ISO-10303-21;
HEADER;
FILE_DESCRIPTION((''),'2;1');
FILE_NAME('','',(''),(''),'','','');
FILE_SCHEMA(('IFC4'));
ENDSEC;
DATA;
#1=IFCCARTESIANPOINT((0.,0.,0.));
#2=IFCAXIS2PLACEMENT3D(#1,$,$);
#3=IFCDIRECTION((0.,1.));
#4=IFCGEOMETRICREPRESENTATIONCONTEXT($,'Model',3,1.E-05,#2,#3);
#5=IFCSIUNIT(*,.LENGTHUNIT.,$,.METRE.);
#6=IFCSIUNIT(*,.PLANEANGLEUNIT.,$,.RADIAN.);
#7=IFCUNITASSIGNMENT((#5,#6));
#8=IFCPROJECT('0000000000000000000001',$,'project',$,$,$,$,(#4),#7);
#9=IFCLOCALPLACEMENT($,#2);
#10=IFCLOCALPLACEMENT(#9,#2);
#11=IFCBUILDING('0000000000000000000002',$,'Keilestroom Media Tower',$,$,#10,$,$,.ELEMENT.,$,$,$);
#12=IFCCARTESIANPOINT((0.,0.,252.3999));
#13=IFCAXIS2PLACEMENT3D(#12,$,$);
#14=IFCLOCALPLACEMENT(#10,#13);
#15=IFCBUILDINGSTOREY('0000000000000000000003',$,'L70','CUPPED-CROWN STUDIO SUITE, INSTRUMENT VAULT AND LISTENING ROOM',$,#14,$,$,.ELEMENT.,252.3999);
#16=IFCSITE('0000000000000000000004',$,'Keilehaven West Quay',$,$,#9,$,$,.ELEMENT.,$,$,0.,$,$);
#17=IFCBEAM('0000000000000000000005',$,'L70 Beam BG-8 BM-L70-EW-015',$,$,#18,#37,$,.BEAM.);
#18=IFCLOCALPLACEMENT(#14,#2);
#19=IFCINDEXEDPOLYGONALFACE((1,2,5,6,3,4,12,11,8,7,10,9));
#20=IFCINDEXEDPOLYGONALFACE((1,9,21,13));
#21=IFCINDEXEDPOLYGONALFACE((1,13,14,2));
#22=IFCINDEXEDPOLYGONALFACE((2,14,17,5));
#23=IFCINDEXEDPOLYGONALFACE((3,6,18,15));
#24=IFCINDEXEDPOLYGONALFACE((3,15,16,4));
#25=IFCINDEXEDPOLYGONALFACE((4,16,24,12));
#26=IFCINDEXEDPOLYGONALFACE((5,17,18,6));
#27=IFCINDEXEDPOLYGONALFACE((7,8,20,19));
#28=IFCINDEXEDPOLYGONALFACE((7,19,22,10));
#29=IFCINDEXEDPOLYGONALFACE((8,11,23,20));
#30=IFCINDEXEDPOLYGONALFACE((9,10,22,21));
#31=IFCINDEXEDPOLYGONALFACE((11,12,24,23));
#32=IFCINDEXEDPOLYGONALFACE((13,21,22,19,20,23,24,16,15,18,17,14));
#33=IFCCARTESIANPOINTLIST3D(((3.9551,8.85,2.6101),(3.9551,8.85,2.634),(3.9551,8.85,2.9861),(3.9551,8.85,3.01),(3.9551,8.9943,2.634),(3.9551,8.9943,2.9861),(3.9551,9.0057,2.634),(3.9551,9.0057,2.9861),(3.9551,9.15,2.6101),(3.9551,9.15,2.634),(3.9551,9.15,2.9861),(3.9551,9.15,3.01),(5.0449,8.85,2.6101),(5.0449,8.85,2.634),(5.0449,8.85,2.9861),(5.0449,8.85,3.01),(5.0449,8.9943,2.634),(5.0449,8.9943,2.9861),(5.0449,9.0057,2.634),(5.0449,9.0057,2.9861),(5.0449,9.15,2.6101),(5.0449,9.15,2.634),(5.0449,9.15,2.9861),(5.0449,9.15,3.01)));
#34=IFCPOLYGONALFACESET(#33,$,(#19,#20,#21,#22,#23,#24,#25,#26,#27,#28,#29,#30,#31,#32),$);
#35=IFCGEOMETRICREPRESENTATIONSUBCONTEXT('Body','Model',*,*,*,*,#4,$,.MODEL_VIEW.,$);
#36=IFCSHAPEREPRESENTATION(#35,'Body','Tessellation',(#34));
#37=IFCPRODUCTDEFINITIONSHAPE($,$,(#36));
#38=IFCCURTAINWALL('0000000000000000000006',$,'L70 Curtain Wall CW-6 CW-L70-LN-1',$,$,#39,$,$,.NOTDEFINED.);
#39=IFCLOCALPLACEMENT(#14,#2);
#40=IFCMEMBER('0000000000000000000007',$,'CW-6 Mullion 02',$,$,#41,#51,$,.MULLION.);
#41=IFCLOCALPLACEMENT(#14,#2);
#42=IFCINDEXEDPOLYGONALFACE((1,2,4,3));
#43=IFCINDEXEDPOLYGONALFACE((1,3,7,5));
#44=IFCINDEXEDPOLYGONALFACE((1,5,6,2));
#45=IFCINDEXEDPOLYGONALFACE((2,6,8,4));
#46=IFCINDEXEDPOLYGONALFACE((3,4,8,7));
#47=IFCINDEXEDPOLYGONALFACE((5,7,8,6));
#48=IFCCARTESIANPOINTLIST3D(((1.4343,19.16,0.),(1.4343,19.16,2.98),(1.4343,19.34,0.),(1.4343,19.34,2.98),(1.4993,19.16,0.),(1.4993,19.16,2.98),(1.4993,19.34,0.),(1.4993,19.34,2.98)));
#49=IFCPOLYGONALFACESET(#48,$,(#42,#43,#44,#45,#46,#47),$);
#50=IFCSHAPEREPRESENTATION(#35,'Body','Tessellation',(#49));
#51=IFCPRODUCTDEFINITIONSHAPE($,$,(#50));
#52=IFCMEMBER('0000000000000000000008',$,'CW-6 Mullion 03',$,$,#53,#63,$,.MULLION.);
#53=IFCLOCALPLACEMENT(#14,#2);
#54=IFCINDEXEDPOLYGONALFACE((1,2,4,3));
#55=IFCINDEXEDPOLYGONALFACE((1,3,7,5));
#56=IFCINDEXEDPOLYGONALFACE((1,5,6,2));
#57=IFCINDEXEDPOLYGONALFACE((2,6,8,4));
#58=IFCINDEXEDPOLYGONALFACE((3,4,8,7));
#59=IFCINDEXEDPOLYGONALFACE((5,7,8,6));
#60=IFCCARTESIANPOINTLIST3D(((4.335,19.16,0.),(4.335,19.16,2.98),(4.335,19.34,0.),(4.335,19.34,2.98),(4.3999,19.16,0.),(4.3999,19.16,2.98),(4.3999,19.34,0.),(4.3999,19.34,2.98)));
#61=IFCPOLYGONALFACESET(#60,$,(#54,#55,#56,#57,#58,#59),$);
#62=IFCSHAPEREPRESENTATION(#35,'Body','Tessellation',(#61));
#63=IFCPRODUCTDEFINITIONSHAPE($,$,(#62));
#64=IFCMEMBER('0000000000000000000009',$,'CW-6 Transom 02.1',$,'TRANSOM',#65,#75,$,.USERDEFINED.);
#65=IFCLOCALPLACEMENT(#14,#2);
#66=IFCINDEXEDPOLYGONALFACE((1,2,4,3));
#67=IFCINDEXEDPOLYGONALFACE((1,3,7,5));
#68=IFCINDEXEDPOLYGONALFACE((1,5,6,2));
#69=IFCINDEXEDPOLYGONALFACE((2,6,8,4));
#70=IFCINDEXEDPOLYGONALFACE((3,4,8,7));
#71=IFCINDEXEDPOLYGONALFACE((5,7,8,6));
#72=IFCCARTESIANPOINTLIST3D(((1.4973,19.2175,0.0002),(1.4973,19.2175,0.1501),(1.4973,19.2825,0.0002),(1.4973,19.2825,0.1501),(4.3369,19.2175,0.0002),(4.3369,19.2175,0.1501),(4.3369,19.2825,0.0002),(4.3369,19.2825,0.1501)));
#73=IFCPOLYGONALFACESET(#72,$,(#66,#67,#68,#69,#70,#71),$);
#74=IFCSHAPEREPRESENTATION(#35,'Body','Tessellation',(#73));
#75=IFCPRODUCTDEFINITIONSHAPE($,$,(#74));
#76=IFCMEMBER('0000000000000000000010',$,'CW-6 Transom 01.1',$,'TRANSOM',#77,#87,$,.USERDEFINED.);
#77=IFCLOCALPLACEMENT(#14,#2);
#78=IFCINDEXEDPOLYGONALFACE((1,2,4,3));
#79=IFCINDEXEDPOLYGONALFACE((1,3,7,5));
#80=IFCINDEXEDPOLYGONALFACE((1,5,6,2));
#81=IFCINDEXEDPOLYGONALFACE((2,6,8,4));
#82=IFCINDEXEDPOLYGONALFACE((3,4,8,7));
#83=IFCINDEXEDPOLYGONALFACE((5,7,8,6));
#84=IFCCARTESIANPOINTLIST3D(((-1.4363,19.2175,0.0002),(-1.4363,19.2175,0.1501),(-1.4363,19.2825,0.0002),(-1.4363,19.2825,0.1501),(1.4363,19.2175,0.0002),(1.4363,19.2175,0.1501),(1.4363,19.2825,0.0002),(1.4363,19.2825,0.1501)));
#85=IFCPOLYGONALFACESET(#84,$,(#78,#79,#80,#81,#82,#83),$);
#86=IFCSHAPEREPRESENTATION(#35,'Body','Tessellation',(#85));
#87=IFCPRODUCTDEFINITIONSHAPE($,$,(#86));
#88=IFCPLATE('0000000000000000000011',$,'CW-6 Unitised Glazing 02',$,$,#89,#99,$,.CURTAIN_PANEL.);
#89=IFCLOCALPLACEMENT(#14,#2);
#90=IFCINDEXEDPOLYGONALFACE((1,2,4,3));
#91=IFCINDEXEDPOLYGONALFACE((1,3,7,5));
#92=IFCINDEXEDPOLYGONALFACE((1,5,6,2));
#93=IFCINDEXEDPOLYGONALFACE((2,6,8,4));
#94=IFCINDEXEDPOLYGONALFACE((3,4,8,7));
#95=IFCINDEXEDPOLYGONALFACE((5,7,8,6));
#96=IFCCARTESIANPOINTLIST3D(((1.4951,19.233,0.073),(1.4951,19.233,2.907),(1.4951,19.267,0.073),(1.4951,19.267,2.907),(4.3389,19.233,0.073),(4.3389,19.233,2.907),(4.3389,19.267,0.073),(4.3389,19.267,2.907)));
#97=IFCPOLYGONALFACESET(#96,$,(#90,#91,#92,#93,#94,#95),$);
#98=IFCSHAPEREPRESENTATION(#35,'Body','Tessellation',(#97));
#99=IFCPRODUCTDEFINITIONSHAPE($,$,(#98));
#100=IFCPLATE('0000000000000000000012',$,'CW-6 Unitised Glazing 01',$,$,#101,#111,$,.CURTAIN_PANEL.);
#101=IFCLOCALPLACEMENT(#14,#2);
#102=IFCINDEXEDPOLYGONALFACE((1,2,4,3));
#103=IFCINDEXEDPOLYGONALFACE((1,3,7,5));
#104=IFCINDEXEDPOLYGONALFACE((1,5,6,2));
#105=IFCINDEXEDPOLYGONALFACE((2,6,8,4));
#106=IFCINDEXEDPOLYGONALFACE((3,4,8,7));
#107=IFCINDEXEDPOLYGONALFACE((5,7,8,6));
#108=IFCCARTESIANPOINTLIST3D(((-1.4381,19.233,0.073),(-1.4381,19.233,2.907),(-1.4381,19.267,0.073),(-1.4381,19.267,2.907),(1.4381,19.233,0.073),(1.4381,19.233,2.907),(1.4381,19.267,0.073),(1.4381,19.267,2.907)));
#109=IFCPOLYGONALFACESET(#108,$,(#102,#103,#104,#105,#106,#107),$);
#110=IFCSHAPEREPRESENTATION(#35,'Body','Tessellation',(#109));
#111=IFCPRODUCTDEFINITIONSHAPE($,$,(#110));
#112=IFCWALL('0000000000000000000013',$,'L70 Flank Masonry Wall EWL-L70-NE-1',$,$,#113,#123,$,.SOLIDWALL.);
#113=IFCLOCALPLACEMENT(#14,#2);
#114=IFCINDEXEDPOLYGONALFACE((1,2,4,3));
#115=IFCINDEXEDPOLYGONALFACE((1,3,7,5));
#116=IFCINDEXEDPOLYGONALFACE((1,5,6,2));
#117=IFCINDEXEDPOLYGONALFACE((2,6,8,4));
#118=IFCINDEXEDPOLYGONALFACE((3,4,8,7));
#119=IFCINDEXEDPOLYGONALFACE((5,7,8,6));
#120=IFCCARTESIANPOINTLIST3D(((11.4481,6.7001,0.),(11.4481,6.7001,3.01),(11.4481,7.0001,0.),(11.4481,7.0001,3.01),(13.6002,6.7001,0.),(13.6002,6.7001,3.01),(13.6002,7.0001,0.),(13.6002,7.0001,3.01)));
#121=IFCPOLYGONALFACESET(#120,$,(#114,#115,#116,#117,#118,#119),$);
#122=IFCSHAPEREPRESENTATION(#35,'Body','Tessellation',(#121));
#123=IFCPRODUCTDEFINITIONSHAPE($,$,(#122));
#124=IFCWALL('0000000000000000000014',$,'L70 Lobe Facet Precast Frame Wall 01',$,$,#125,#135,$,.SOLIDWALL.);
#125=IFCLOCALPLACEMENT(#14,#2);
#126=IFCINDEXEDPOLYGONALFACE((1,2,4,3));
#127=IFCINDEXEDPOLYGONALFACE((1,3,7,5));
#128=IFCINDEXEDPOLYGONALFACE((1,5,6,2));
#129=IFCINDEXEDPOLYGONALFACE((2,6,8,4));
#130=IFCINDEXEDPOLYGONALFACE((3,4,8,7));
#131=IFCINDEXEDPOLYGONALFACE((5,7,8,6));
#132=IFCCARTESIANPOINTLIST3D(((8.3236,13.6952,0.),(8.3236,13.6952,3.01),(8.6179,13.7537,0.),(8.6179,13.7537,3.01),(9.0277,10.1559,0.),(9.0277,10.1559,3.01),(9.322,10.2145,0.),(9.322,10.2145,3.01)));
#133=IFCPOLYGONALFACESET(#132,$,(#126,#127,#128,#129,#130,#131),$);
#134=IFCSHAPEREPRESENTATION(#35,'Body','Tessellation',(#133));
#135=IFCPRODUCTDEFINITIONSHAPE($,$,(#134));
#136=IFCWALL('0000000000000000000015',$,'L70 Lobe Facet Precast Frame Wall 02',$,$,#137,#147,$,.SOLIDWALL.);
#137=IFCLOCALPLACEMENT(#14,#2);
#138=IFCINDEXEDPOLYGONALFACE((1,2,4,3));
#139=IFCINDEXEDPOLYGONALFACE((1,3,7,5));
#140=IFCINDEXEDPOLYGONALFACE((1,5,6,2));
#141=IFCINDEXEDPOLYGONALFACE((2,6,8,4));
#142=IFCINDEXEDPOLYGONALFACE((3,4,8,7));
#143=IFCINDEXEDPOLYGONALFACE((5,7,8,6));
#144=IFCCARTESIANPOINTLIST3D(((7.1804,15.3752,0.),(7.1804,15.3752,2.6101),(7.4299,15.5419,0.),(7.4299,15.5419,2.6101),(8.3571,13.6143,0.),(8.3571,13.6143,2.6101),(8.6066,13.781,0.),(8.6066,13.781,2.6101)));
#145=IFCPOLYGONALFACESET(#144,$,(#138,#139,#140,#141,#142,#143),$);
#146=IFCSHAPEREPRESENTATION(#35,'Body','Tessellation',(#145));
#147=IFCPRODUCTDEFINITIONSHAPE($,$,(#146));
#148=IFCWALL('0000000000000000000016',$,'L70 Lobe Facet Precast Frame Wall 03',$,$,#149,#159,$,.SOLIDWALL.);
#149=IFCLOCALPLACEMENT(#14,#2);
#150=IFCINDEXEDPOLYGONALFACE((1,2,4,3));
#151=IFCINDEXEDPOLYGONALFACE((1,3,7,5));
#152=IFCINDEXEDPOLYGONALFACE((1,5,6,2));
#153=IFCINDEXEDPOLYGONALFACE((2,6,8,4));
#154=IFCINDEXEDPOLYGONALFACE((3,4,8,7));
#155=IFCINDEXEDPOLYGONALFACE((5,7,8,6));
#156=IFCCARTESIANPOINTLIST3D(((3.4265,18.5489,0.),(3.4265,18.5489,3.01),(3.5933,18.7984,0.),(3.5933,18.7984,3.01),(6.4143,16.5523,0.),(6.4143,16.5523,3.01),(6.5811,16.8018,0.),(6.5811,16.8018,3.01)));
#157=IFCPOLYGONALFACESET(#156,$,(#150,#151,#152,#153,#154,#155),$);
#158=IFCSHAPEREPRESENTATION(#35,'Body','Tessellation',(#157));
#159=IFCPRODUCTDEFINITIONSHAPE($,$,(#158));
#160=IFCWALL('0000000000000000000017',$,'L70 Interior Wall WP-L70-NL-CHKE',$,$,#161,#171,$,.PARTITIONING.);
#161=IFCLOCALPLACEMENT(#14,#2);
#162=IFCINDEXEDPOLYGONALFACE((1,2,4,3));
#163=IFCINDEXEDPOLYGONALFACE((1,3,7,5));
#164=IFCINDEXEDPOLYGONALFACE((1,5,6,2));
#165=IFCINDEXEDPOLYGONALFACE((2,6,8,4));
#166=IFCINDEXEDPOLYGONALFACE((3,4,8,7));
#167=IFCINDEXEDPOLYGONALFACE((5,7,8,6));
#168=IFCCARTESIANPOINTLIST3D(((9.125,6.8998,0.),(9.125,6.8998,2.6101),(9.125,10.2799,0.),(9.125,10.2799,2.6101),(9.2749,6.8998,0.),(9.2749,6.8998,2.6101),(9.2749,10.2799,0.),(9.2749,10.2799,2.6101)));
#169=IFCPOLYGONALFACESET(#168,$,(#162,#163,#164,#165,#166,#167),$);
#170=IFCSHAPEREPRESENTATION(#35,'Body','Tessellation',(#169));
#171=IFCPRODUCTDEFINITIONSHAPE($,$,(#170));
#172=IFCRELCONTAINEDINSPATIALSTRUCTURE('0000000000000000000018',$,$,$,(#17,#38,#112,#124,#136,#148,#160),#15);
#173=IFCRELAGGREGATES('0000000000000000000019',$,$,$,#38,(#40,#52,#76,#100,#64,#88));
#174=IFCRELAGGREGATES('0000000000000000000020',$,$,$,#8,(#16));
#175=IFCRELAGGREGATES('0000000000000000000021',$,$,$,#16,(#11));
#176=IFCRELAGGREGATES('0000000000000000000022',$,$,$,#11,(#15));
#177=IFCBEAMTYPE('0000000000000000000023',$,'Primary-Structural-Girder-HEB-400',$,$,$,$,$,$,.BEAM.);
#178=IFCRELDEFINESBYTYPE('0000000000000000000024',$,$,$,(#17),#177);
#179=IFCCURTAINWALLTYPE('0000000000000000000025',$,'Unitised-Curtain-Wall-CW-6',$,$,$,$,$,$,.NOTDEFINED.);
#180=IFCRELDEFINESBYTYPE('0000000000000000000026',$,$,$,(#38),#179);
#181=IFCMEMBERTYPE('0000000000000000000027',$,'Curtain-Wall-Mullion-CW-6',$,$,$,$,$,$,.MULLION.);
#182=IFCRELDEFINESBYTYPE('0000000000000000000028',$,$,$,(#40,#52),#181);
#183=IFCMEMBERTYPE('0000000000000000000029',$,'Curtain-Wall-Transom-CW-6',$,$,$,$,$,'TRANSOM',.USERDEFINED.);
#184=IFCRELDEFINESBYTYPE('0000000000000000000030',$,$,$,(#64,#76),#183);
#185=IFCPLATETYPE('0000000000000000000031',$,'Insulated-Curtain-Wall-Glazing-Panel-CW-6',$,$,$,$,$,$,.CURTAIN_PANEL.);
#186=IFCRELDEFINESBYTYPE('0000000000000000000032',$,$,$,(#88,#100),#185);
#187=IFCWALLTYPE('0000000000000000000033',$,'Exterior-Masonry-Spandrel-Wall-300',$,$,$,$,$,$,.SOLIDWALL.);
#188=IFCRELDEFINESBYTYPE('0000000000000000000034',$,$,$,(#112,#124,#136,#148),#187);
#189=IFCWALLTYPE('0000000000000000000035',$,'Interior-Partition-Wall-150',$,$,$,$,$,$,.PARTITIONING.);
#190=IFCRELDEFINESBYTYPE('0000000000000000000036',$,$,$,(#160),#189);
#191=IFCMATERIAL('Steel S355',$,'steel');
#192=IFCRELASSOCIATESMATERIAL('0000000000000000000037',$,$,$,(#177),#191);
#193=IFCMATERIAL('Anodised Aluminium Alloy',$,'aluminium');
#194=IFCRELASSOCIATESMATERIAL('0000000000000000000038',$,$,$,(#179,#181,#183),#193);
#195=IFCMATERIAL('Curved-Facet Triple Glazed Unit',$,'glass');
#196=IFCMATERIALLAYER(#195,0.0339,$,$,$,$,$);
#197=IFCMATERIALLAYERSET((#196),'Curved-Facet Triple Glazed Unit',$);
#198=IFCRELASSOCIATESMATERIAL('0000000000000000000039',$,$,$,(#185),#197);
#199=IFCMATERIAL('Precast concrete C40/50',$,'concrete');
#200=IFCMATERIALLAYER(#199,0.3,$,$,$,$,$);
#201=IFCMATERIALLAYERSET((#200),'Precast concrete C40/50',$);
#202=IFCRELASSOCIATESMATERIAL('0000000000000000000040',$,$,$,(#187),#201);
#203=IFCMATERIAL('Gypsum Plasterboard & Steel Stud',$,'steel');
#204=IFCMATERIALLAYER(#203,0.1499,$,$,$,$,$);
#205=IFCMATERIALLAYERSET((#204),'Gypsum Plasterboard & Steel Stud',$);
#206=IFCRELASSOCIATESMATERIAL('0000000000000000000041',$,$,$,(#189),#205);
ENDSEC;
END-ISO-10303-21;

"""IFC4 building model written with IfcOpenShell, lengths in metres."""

from ifc_helpers import new_model, si_unit, direction, frame, frame_2d, origin, origin_2d, place, context, subcontext, project, spatial, rectangle, i_section, extrude, source, transform, mapped, material, layer, layer_set, material_profile, profile_set, type_object, element, aggregate, save


model = new_model("IFC4")

# Units and contexts
model_context = context("Model", 3, precision=1e-05, world=origin(), true_north=direction((0.0, 1.0)))
body_context = subcontext(model_context, "Body", "Model", "MODEL_VIEW")
ifc_project = project(units=[si_unit("LENGTHUNIT", "METRE"), si_unit("PLANEANGLEUNIT", "RADIAN")], contexts=[model_context])

# Site, building, storey
site_placement = place(None, origin())
site = spatial("IfcSite", under=ifc_project, at=site_placement, Name="Keilehaven West Quay", CompositionType="ELEMENT", RefElevation=0.0)
building_placement = place(site_placement, origin())
building = spatial("IfcBuilding", under=site, at=building_placement, Name="Keilestroom Media Tower", CompositionType="ELEMENT")
storey_placement = place(building_placement, frame((0.0, 0.0, 252.3999)))
storey = spatial("IfcBuildingStorey", under=building, at=storey_placement, Name="L70", Description="CUPPED-CROWN STUDIO SUITE, INSTRUMENT VAULT AND LISTENING ROOM", CompositionType="ELEMENT", Elevation=252.3999)

# Shared definitions
ifc_material_1 = material(Name="Steel S355", Category="steel")

# Beam
ifc_material_profile_1 = material_profile(ifc_material_1, i_section(OverallWidth=0.3, OverallDepth=0.3999, WebThickness=0.0115, FlangeThickness=0.0239, at=origin_2d()), Name="HEB 400")
ifc_profile_set_1 = profile_set([ifc_material_profile_1], Name="Steel S355")
beam_type = type_object("IfcBeamType", Name="Primary-Structural-Girder-HEB-400", PredefinedType="BEAM", material=ifc_profile_set_1)
shared_shape_1 = source(origin(), body_context, "Body", "SweptSolid", [
    extrude(i_section(OverallWidth=0.3, OverallDepth=0.3999, WebThickness=0.0115, FlangeThickness=0.0239, at=origin_2d()), origin(), (0.0, 0.0, 1.0), 1.0898),
])
beam_1_placement = place(storey_placement, frame((3.9551, 9.0, 2.8101), z_axis=(1.0, 0.0, 0.0), x_axis=(0.0, 1.0, 0.0)))
element("IfcBeam", 1, at=beam_1_placement, inside=storey, type_object=beam_type, Name="L70 Beam BG-8 BM-L70-EW-015", PredefinedType="BEAM", context=body_context, shape_type="MappedRepresentation", body=[
    mapped(shared_shape_1, transform((0.0, 0.0, 0.0), x_axis=(1.0, 0.0, 0.0), y_axis=(0.0, 1.0, 0.0), z_axis=(0.0, 0.0, 1.0), scale=1.0)),
])

# Curtain wall, members, plates
ifc_material_2 = material(Name="Anodised Aluminium Alloy", Category="aluminium")
curtain_wall_type = type_object("IfcCurtainWallType", Name="Unitised-Curtain-Wall-CW-6", PredefinedType="NOTDEFINED", material=ifc_material_2)
curtain_wall_placement = place(storey_placement, origin())
curtain_wall = element("IfcCurtainWall", 2, at=curtain_wall_placement, inside=storey, type_object=curtain_wall_type, Name="L70 Curtain Wall CW-6 CW-L70-LN-1", PredefinedType="NOTDEFINED")
ifc_material_profile_2 = material_profile(ifc_material_2, rectangle(XDim=0.0649, YDim=0.1799, at=origin_2d()), Name="ALU MULLION 65x180")
ifc_profile_set_2 = profile_set([ifc_material_profile_2], Name="Anodised Aluminium Alloy")
member_type_1 = type_object("IfcMemberType", Name="Curtain-Wall-Mullion-CW-6", PredefinedType="MULLION", material=ifc_profile_set_2)
shared_shape_2 = source(origin(), body_context, "Body", "SweptSolid", [
    extrude(rectangle(XDim=0.0649, YDim=0.1799, at=origin_2d()), origin(), (0.0, 0.0, 1.0), 2.98),
])
member_1_placement = place(storey_placement, frame((1.4668, 19.25, 0.0), z_axis=(0.0, 0.0, 1.0), x_axis=(1.0, 0.0, 0.0)))
member_1 = element("IfcMember", 3, at=member_1_placement, type_object=member_type_1, Name="CW-6 Mullion 02", PredefinedType="MULLION", context=body_context, shape_type="MappedRepresentation", body=[
    mapped(shared_shape_2, transform((0.0, 0.0, 0.0), x_axis=(1.0, 0.0, 0.0), y_axis=(0.0, 1.0, 0.0), z_axis=(0.0, 0.0, 1.0), scale=1.0)),
])
member_2_placement = place(storey_placement, frame((4.3674, 19.25, 0.0), z_axis=(0.0, 0.0, 1.0), x_axis=(1.0, 0.0, 0.0)))
member_2 = element("IfcMember", 4, at=member_2_placement, type_object=member_type_1, Name="CW-6 Mullion 03", PredefinedType="MULLION", context=body_context, shape_type="MappedRepresentation", body=[
    mapped(shared_shape_2, transform((0.0, 0.0, 0.0), x_axis=(1.0, 0.0, 0.0), y_axis=(0.0, 1.0, 0.0), z_axis=(0.0, 0.0, 1.0), scale=1.0)),
])
ifc_material_profile_3 = material_profile(ifc_material_2, rectangle(XDim=0.0649, YDim=0.1499, at=origin_2d()), Name="ALU TRANSOM 65x150")
ifc_profile_set_3 = profile_set([ifc_material_profile_3], Name="Anodised Aluminium Alloy")
member_type_2 = type_object("IfcMemberType", Name="Curtain-Wall-Transom-CW-6", ElementType="TRANSOM", PredefinedType="USERDEFINED", material=ifc_profile_set_3)
shared_shape_3 = source(origin(), body_context, "Body", "SweptSolid", [
    extrude(rectangle(XDim=0.0649, YDim=0.1499, at=origin_2d()), origin(), (0.0, 0.0, 1.0), 2.8396),
])
member_3_placement = place(storey_placement, frame((1.4973, 19.25, 0.0752), z_axis=(1.0, 0.0, 0.0), x_axis=(0.0, 1.0, 0.0)))
member_3 = element("IfcMember", 5, at=member_3_placement, type_object=member_type_2, Name="CW-6 Transom 02.1", ObjectType="TRANSOM", PredefinedType="USERDEFINED", context=body_context, shape_type="MappedRepresentation", body=[
    mapped(shared_shape_3, transform((0.0, 0.0, 0.0), x_axis=(1.0, 0.0, 0.0), y_axis=(0.0, 1.0, 0.0), z_axis=(0.0, 0.0, 1.0), scale=1.0)),
])
shared_shape_4 = source(origin(), body_context, "Body", "SweptSolid", [
    extrude(rectangle(XDim=0.0649, YDim=0.1499, at=origin_2d()), origin(), (0.0, 0.0, 1.0), 2.8726),
])
member_4_placement = place(storey_placement, frame((-1.4363, 19.25, 0.0752), z_axis=(1.0, 0.0, 0.0), x_axis=(0.0, 1.0, 0.0)))
member_4 = element("IfcMember", 6, at=member_4_placement, type_object=member_type_2, Name="CW-6 Transom 01.1", ObjectType="TRANSOM", PredefinedType="USERDEFINED", context=body_context, shape_type="MappedRepresentation", body=[
    mapped(shared_shape_4, transform((0.0, 0.0, 0.0), x_axis=(1.0, 0.0, 0.0), y_axis=(0.0, 1.0, 0.0), z_axis=(0.0, 0.0, 1.0), scale=1.0)),
])
ifc_material_3 = material(Name="Curved-Facet Triple Glazed Unit", Category="glass")
ifc_layer_1 = layer(ifc_material_3, 0.0339)
ifc_layer_set_1 = layer_set([ifc_layer_1], Name="Curved-Facet Triple Glazed Unit")
plate_type = type_object("IfcPlateType", Name="Insulated-Curtain-Wall-Glazing-Panel-CW-6", PredefinedType="CURTAIN_PANEL", material=ifc_layer_set_1)
shared_shape_5 = source(origin(), body_context, "Body", "SweptSolid", [
    extrude(rectangle(XDim=2.8438, YDim=0.0339, at=origin_2d()), origin(), (0.0, 0.0, 1.0), 2.834),
])
plate_1_placement = place(storey_placement, frame((2.917, 19.25, 0.073), z_axis=(0.0, 0.0, 1.0), x_axis=(1.0, 0.0, 0.0)))
plate_1 = element("IfcPlate", 7, at=plate_1_placement, type_object=plate_type, Name="CW-6 Unitised Glazing 02", PredefinedType="CURTAIN_PANEL", context=body_context, shape_type="MappedRepresentation", body=[
    mapped(shared_shape_5, transform((0.0, 0.0, 0.0), x_axis=(1.0, 0.0, 0.0), y_axis=(0.0, 1.0, 0.0), z_axis=(0.0, 0.0, 1.0), scale=1.0)),
])
shared_shape_6 = source(origin(), body_context, "Body", "SweptSolid", [
    extrude(rectangle(XDim=2.8762, YDim=0.0339, at=origin_2d()), origin(), (0.0, 0.0, 1.0), 2.834),
])
plate_2_placement = place(storey_placement, frame((0.0, 19.25, 0.073), z_axis=(0.0, 0.0, 1.0), x_axis=(1.0, 0.0, 0.0)))
plate_2 = element("IfcPlate", 8, at=plate_2_placement, type_object=plate_type, Name="CW-6 Unitised Glazing 01", PredefinedType="CURTAIN_PANEL", context=body_context, shape_type="MappedRepresentation", body=[
    mapped(shared_shape_6, transform((0.0, 0.0, 0.0), x_axis=(1.0, 0.0, 0.0), y_axis=(0.0, 1.0, 0.0), z_axis=(0.0, 0.0, 1.0), scale=1.0)),
])
aggregate(curtain_wall, [member_1, member_2, member_4, plate_2, member_3, plate_1])

# Walls
ifc_material_4 = material(Name="Precast concrete C40/50", Category="concrete")
ifc_layer_2 = layer(ifc_material_4, 0.3)
ifc_layer_set_2 = layer_set([ifc_layer_2], Name="Precast concrete C40/50")
wall_type_1 = type_object("IfcWallType", Name="Exterior-Masonry-Spandrel-Wall-300", PredefinedType="SOLIDWALL", material=ifc_layer_set_2)
wall_1_placement = place(storey_placement, frame((11.448, 6.8501, 0.0), z_axis=(0.0, 0.0, 1.0), x_axis=(1.0, 0.0, 0.0)))
element("IfcWall", 9, at=wall_1_placement, inside=storey, type_object=wall_type_1, Name="L70 Flank Masonry Wall EWL-L70-NE-1", PredefinedType="SOLIDWALL", context=body_context, shape_type="SweptSolid", body=[
    extrude(rectangle(XDim=2.1521, YDim=0.3, at=frame_2d((1.0762, 0.0))), origin(), (0.0, 0.0, 1.0), 3.01),
])
wall_2_placement = place(storey_placement, frame((9.1748, 10.1853, 0.0), z_axis=(0.0, 0.0, 1.0), x_axis=(-0.195114, 0.980781, 0.0)))
element("IfcWall", 10, at=wall_2_placement, inside=storey, type_object=wall_type_1, Name="L70 Lobe Facet Precast Frame Wall 01", PredefinedType="SOLIDWALL", context=body_context, shape_type="SweptSolid", body=[
    extrude(rectangle(XDim=3.6086, YDim=0.3, at=frame_2d((1.8042, 0.0))), origin(), (0.0, 0.0, 1.0), 3.01),
])
wall_3_placement = place(storey_placement, frame((8.4819, 13.6975, 0.0), z_axis=(0.0, 0.0, 1.0), x_axis=(-0.555604, 0.831447, 0.0)))
element("IfcWall", 11, at=wall_3_placement, inside=storey, type_object=wall_type_1, Name="L70 Lobe Facet Precast Frame Wall 02", PredefinedType="SOLIDWALL", context=body_context, shape_type="SweptSolid", body=[
    extrude(rectangle(XDim=2.1179, YDim=0.3, at=frame_2d((1.0591, 0.0))), origin(), (0.0, 0.0, 1.0), 2.6101),
])
wall_4_placement = place(storey_placement, frame((6.4978, 16.677, 0.0), z_axis=(0.0, 0.0, 1.0), x_axis=(-0.831444, 0.555609, 0.0)))
element("IfcWall", 12, at=wall_4_placement, inside=storey, type_object=wall_type_1, Name="L70 Lobe Facet Precast Frame Wall 03", PredefinedType="SOLIDWALL", context=body_context, shape_type="SweptSolid", body=[
    extrude(rectangle(XDim=3.5935, YDim=0.3, at=frame_2d((1.7969, 0.0))), origin(), (0.0, 0.0, 1.0), 3.01),
])
ifc_material_5 = material(Name="Gypsum Plasterboard & Steel Stud", Category="steel")
ifc_layer_3 = layer(ifc_material_5, 0.1499)
ifc_layer_set_3 = layer_set([ifc_layer_3], Name="Gypsum Plasterboard & Steel Stud")
wall_type_2 = type_object("IfcWallType", Name="Interior-Partition-Wall-150", PredefinedType="PARTITIONING", material=ifc_layer_set_3)
wall_5_placement = place(storey_placement, frame((9.2, 6.8999, 0.0), z_axis=(0.0, 0.0, 1.0), x_axis=(0.0, 1.0, 0.0)))
element("IfcWall", 13, at=wall_5_placement, inside=storey, type_object=wall_type_2, Name="L70 Interior Wall WP-L70-NL-CHKE", PredefinedType="PARTITIONING", context=body_context, shape_type="SweptSolid", body=[
    extrude(rectangle(XDim=3.3801, YDim=0.1499, at=frame_2d((1.6899, 0.0))), origin(), (0.0, 0.0, 1.0), 2.6101),
])

save(model, "model.ifc")
